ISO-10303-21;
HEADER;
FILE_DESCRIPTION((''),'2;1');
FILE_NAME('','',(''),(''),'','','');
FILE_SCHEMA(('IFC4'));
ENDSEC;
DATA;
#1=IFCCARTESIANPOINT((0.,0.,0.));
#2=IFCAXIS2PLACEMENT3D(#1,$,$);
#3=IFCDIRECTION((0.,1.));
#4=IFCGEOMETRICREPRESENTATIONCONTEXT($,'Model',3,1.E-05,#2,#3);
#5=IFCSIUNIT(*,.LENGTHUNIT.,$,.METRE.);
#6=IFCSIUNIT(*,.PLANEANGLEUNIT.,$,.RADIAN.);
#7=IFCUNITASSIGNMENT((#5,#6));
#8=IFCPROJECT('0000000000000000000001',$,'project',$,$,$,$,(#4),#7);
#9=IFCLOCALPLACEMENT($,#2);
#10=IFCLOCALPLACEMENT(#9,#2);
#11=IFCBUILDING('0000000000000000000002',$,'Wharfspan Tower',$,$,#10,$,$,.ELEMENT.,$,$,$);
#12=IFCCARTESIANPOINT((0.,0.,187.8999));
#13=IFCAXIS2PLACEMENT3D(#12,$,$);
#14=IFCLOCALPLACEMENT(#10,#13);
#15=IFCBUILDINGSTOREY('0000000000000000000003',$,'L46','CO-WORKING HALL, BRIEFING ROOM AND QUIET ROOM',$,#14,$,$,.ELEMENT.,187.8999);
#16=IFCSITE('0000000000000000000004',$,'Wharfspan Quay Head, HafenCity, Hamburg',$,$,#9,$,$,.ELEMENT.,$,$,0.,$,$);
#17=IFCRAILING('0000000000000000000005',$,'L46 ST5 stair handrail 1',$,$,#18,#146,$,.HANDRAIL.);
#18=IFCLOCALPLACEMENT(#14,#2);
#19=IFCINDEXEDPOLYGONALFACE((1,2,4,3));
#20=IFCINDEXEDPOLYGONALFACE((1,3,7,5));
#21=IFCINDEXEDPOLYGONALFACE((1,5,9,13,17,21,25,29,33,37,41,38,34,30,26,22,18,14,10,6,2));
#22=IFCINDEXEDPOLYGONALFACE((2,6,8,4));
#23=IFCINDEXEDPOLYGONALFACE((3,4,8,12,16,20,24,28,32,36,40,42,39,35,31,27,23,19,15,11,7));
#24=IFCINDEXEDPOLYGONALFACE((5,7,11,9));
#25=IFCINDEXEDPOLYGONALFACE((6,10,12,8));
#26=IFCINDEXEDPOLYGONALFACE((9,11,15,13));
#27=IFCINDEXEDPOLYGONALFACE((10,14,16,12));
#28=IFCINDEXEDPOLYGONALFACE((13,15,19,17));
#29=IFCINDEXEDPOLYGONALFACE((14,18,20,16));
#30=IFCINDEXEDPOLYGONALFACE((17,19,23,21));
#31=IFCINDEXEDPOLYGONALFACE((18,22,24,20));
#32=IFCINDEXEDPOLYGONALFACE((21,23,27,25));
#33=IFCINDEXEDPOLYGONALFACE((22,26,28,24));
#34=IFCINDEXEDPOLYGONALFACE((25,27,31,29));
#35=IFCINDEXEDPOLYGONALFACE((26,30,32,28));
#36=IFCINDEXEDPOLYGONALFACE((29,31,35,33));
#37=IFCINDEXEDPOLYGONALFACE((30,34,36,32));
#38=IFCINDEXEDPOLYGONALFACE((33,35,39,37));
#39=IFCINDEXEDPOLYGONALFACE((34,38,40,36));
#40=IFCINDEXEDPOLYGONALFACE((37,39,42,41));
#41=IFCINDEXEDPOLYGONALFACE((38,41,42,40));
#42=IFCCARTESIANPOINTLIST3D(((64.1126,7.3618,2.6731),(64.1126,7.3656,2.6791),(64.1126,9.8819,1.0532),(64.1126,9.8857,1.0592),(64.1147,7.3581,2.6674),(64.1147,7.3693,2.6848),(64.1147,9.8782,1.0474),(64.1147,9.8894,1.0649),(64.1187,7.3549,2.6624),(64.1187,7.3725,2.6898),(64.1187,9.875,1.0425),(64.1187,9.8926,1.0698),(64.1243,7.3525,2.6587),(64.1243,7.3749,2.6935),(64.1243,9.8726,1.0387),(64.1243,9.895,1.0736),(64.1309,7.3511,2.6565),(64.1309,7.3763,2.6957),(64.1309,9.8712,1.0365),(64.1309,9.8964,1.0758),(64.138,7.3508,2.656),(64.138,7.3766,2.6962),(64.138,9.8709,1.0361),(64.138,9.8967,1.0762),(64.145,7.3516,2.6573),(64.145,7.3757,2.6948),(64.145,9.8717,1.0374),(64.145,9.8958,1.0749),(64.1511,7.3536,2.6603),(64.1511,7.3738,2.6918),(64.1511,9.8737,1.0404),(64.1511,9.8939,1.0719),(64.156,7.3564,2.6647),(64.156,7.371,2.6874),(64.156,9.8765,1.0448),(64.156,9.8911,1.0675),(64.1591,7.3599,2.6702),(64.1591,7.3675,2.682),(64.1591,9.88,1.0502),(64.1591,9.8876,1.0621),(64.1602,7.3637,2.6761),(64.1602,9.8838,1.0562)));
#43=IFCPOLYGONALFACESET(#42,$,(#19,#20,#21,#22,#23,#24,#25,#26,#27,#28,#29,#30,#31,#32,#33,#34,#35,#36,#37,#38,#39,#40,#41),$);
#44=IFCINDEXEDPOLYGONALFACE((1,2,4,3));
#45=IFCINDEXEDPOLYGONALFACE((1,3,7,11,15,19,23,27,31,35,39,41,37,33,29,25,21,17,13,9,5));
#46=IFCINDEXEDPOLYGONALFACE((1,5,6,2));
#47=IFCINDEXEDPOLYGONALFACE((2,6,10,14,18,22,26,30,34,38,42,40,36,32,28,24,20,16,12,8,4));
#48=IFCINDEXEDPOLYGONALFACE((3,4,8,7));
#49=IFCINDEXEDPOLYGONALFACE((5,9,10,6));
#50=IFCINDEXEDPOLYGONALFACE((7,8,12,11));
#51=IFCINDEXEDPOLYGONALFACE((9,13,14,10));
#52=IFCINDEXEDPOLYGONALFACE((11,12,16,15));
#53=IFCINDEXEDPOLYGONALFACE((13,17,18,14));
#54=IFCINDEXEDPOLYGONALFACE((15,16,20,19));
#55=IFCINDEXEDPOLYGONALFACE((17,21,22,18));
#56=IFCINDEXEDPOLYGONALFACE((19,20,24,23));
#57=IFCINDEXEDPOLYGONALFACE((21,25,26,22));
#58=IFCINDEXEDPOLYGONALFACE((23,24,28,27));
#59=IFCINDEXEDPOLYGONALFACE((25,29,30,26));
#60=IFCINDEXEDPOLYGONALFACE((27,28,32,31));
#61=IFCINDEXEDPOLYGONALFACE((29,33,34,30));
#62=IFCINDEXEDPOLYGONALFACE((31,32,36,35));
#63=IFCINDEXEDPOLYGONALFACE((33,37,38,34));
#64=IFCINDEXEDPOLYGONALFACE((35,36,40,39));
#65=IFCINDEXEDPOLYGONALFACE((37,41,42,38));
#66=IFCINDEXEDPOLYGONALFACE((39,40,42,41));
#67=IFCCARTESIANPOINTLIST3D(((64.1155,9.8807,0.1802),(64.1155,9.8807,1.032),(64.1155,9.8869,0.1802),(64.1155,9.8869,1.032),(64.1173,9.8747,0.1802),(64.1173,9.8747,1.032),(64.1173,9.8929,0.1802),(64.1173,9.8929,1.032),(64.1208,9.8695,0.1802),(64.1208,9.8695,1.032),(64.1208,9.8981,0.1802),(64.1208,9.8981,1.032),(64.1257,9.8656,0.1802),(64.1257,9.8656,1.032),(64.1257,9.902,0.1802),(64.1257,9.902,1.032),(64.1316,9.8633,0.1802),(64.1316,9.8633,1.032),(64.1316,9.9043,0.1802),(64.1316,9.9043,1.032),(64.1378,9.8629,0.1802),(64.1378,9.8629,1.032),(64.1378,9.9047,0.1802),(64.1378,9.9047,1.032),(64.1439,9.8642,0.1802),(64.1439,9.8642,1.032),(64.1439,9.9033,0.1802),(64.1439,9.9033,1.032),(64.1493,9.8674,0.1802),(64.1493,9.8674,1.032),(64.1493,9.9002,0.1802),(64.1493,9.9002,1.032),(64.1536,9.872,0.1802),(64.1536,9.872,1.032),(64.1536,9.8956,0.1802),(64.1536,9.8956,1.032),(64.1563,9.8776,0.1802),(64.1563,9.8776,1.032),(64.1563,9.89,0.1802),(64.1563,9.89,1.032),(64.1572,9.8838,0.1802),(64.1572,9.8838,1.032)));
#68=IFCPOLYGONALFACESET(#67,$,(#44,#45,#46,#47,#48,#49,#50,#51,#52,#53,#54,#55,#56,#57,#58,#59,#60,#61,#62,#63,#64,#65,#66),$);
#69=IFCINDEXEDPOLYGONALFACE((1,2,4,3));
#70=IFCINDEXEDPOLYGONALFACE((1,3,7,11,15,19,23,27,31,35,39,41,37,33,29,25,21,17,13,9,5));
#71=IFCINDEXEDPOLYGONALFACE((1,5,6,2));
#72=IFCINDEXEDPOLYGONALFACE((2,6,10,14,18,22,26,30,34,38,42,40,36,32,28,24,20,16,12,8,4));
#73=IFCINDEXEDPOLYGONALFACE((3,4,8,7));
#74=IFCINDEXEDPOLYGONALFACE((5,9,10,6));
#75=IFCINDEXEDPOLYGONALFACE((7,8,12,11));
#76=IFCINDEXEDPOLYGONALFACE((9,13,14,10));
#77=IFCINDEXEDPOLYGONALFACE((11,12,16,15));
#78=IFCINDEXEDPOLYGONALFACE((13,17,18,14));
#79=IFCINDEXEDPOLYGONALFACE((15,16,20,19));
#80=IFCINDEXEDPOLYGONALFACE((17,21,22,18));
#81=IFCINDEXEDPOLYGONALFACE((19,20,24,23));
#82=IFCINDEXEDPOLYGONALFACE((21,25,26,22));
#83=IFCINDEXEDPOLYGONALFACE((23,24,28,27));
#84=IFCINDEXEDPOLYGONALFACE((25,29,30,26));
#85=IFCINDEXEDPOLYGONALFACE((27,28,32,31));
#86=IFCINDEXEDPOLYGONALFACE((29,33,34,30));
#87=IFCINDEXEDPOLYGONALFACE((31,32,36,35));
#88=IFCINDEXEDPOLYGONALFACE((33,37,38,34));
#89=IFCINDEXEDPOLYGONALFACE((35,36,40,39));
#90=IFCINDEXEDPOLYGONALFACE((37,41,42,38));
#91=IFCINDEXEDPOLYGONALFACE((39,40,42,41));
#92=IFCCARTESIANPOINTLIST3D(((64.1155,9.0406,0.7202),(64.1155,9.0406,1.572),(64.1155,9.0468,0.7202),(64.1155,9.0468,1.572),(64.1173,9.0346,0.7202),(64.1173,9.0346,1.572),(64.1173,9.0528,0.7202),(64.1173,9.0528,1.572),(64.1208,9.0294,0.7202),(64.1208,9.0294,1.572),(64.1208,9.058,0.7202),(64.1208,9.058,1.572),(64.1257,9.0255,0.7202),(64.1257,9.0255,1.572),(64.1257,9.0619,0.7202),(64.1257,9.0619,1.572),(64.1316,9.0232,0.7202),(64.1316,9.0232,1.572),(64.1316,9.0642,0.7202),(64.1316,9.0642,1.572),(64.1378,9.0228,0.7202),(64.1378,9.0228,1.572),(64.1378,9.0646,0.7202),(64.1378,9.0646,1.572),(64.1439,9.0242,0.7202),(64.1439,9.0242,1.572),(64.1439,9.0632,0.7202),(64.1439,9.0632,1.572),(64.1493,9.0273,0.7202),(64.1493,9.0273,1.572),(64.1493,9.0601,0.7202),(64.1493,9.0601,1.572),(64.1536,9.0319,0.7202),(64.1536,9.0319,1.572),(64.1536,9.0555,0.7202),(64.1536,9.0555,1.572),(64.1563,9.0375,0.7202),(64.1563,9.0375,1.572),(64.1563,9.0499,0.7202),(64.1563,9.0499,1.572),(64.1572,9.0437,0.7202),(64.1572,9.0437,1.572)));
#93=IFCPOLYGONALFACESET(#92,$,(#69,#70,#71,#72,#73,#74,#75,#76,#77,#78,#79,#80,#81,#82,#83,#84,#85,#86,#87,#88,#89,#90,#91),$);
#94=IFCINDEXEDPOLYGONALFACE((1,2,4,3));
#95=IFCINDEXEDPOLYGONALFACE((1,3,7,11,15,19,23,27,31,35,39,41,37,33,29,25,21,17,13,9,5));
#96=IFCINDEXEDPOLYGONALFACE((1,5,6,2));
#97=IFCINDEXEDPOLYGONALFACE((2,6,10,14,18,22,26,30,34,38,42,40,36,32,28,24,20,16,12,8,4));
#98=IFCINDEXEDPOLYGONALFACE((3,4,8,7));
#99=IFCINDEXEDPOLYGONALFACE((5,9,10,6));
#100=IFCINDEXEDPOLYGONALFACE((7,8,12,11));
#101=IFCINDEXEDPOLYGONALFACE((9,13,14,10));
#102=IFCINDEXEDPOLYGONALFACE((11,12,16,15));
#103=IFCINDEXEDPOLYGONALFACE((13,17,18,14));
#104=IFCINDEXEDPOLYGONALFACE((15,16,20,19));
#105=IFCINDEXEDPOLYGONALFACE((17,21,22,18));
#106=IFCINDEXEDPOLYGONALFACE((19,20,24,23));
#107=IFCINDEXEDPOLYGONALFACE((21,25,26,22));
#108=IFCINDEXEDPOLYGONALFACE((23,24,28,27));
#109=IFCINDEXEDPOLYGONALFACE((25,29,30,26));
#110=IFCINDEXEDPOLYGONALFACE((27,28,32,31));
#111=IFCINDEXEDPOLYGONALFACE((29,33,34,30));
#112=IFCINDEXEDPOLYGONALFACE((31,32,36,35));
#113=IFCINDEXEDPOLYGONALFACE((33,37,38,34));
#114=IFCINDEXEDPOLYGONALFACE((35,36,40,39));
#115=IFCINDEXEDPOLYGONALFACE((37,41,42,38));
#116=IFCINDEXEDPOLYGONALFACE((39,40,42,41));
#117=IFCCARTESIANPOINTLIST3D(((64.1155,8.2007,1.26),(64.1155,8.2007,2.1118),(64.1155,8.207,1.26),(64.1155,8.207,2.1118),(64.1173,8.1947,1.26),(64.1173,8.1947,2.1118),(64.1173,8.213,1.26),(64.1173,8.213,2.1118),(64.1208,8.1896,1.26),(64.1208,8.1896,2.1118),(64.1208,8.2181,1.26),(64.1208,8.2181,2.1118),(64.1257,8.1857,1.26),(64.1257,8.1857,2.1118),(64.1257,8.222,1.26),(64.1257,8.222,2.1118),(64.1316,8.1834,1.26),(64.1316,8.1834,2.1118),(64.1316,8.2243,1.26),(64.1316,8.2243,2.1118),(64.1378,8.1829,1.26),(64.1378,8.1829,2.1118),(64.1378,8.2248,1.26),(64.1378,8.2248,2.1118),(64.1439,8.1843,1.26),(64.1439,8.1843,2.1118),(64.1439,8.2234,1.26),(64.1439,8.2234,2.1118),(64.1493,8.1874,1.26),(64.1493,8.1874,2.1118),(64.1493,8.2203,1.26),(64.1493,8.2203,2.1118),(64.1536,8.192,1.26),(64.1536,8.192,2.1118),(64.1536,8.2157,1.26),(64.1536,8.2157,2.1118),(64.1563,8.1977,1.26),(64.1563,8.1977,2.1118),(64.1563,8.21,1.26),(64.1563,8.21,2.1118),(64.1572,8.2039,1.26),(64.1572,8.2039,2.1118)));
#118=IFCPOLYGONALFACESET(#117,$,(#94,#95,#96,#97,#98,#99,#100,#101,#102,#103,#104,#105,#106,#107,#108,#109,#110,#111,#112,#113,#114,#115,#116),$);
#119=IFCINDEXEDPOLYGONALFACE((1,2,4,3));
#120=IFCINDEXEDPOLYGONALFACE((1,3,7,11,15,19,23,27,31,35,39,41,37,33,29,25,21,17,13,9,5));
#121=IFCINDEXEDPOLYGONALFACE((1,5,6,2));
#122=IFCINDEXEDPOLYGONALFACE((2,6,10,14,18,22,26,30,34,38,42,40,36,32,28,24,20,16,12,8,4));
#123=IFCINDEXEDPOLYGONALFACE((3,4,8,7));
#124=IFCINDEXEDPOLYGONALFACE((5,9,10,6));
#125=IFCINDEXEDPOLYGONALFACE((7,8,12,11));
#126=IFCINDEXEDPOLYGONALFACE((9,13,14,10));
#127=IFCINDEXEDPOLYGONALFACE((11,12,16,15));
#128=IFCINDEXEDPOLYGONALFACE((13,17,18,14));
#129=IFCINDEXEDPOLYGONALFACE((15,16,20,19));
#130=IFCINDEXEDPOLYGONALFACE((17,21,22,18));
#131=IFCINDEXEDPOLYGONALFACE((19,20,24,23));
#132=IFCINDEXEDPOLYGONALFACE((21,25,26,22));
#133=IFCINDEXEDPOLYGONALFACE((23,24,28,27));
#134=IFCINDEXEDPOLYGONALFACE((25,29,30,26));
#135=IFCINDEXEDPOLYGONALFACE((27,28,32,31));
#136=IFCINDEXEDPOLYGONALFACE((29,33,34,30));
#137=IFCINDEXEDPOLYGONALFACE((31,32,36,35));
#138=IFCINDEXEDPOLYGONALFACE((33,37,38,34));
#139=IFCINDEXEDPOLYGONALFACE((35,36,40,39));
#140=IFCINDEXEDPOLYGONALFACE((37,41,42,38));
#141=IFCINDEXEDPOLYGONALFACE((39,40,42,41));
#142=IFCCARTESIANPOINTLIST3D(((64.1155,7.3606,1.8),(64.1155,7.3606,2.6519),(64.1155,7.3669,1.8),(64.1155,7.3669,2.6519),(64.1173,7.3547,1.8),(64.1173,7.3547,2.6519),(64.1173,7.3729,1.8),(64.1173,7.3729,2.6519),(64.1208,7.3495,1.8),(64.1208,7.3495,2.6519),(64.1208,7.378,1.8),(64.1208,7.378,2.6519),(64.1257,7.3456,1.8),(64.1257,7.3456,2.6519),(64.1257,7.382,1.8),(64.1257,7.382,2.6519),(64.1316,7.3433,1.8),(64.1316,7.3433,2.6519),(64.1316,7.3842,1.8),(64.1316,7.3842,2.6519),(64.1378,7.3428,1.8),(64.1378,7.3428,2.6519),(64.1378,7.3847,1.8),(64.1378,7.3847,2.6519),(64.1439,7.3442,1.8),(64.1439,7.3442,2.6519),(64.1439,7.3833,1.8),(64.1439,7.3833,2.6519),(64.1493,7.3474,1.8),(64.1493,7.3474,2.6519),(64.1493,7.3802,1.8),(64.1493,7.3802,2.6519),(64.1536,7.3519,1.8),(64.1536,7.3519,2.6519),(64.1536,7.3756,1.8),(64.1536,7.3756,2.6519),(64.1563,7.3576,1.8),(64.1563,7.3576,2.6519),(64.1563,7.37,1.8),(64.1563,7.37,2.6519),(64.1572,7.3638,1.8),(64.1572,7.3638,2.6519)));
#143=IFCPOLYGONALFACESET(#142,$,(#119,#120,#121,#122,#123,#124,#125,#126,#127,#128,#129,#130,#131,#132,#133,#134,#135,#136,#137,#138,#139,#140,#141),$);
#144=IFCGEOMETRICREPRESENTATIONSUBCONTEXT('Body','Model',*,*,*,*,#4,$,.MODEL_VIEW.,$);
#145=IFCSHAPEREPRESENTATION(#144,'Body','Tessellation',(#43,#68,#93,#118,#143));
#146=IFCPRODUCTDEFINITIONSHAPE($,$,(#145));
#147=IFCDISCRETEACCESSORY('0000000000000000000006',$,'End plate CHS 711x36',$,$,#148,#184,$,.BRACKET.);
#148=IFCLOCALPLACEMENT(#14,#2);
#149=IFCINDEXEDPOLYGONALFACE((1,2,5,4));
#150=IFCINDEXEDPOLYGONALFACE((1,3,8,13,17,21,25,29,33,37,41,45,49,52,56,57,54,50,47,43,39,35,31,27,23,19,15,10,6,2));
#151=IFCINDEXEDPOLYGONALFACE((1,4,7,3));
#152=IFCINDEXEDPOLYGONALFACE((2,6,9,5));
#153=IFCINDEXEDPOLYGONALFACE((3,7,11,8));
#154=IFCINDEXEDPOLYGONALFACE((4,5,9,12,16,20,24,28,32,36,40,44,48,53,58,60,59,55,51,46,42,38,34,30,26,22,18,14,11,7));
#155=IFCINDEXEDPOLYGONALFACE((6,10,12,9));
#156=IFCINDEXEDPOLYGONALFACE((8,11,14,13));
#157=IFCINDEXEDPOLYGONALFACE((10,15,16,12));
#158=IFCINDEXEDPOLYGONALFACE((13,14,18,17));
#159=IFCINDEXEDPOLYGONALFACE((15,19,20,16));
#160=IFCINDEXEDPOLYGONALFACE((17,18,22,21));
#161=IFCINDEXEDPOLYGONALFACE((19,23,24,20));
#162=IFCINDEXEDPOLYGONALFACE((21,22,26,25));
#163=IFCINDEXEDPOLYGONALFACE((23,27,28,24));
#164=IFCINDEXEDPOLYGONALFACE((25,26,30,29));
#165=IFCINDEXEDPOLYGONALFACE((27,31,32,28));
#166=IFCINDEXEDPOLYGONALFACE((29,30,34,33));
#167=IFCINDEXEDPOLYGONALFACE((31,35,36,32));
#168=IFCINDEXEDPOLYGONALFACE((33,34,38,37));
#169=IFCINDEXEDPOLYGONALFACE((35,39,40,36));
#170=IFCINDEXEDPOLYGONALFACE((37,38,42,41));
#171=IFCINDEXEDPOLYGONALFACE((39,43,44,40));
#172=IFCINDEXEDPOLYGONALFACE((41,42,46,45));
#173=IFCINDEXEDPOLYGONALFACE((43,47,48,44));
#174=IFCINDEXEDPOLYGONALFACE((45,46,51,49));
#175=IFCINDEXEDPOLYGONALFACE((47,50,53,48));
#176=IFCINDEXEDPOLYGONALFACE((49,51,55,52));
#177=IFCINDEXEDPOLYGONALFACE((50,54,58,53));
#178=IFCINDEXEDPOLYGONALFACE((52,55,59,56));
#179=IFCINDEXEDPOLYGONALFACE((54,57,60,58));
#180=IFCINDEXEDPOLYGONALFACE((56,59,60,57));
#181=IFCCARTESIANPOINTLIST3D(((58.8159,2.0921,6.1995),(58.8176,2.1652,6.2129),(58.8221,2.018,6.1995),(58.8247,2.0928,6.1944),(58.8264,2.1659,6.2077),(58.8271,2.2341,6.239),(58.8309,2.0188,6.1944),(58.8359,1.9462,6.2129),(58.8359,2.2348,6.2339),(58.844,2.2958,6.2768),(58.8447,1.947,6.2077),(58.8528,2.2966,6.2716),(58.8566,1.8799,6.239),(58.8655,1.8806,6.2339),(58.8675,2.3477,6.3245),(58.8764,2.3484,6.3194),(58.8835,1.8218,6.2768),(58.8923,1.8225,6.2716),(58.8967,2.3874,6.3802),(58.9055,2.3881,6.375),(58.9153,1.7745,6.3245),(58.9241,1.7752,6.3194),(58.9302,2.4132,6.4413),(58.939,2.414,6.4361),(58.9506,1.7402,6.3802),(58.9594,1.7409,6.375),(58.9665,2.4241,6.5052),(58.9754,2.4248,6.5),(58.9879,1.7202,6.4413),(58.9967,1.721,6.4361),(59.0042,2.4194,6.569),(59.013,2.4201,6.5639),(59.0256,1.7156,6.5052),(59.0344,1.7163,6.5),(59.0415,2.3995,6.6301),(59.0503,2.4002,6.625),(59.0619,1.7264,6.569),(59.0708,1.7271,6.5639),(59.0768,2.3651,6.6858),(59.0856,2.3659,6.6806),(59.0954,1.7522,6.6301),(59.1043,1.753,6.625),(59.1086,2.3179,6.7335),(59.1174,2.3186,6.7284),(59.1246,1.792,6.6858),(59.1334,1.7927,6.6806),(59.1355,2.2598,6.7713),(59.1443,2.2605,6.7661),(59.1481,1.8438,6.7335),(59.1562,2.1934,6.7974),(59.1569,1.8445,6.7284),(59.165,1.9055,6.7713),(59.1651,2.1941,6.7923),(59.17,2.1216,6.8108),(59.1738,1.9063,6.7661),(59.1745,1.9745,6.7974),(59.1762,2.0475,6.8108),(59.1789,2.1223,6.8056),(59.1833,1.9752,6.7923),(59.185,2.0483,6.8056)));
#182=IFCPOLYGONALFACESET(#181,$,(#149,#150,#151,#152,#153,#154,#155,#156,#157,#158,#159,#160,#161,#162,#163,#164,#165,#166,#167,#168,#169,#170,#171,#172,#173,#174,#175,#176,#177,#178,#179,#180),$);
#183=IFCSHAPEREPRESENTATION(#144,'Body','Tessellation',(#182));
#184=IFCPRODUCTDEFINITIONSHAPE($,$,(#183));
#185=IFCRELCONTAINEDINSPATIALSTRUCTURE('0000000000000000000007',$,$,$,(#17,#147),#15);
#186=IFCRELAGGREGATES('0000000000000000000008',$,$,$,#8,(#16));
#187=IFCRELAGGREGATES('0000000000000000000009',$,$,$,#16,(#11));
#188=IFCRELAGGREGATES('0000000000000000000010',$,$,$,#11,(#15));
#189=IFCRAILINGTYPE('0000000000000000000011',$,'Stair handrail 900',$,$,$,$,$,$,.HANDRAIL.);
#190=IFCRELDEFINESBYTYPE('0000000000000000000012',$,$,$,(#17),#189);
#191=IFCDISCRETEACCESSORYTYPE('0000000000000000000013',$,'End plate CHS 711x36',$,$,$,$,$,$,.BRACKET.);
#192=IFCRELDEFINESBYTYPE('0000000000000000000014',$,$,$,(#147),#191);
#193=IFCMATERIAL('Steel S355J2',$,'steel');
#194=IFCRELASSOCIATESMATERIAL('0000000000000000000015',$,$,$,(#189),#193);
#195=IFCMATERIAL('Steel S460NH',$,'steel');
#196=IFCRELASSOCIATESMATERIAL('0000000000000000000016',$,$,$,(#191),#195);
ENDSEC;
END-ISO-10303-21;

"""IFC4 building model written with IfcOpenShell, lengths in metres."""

from ifc_helpers import new_model, si_unit, direction, frame, origin, origin_2d, place, context, subcontext, project, spatial, circle, extrude, material, material_profile, profile_set, type_object, element, save


model = new_model("IFC4")

# Units and contexts
model_context = context("Model", 3, precision=1e-05, world=origin(), true_north=direction((0.0, 1.0)))
body_context = subcontext(model_context, "Body", "Model", "MODEL_VIEW")
ifc_project = project(units=[si_unit("LENGTHUNIT", "METRE"), si_unit("PLANEANGLEUNIT", "RADIAN")], contexts=[model_context])

# Site, building, storey
site_placement = place(None, origin())
site = spatial("IfcSite", under=ifc_project, at=site_placement, Name="Wharfspan Quay Head, HafenCity, Hamburg", CompositionType="ELEMENT", RefElevation=0.0)
building_placement = place(site_placement, origin())
building = spatial("IfcBuilding", under=site, at=building_placement, Name="Wharfspan Tower", CompositionType="ELEMENT")
storey_placement = place(building_placement, frame((0.0, 0.0, 187.8999)))
storey = spatial("IfcBuildingStorey", under=building, at=storey_placement, Name="L46", Description="CO-WORKING HALL, BRIEFING ROOM AND QUIET ROOM", CompositionType="ELEMENT", Elevation=187.8999)

# Shared definitions
ifc_material_1 = material(Name="Steel S355J2", Category="steel")

# Railing
railing_type = type_object("IfcRailingType", Name="Stair handrail 900", PredefinedType="HANDRAIL", material=ifc_material_1)
railing_placement = place(storey_placement, frame((64.1362, 9.8838, 0.1802)))
element("IfcRailing", 1, at=railing_placement, inside=storey, type_object=railing_type, Name="L46 ST5 stair handrail 1", PredefinedType="HANDRAIL", context=body_context, shape_type="SweptSolid", body=[
    extrude(circle(Radius=0.0239, at=origin_2d()), frame((0.0, 0.0, 0.876), z_axis=(0.0, -0.8412, 0.540725), x_axis=(1.0, 0.0, 0.0)), (0.0, 0.0, 1.0), 2.9958),
    extrude(circle(Radius=0.021, at=origin_2d()), origin(), (0.0, 0.0, 1.0), 0.8518),
    extrude(circle(Radius=0.021, at=origin_2d()), frame((0.0, -0.8401, 0.54)), (0.0, 0.0, 1.0), 0.8518),
    extrude(circle(Radius=0.021, at=origin_2d()), frame((0.0, -1.6799, 1.0798)), (0.0, 0.0, 1.0), 0.8518),
    extrude(circle(Radius=0.021, at=origin_2d()), frame((0.0, -2.52, 1.6199)), (0.0, 0.0, 1.0), 0.8518),
])

# Discrete accessory
ifc_material_2 = material(Name="Steel S460NH", Category="steel")
ifc_material_profile_1 = material_profile(ifc_material_2, circle(Radius=0.3555, at=origin_2d()))
ifc_profile_set_1 = profile_set([ifc_material_profile_1], Name="Steel S460NH")
discrete_accessory_type = type_object("IfcDiscreteAccessoryType", Name="End plate CHS 711x36", PredefinedType="BRACKET", material=ifc_profile_set_1)
discrete_accessory_placement = place(storey_placement, frame((59.0049, 2.0706, 6.5), z_axis=(-0.86155, -0.071796, 0.502571), x_axis=(0.083046, -0.99655, 0.0)))
element("IfcDiscreteAccessory", 2, at=discrete_accessory_placement, inside=storey, type_object=discrete_accessory_type, Name="End plate CHS 711x36", PredefinedType="BRACKET", context=body_context, shape_type="SweptSolid", body=[
    extrude(circle(Radius=0.3555, at=origin_2d()), origin(), (0.0, 0.0, 1.0), 0.0103),
])

save(model, "model.ifc")
